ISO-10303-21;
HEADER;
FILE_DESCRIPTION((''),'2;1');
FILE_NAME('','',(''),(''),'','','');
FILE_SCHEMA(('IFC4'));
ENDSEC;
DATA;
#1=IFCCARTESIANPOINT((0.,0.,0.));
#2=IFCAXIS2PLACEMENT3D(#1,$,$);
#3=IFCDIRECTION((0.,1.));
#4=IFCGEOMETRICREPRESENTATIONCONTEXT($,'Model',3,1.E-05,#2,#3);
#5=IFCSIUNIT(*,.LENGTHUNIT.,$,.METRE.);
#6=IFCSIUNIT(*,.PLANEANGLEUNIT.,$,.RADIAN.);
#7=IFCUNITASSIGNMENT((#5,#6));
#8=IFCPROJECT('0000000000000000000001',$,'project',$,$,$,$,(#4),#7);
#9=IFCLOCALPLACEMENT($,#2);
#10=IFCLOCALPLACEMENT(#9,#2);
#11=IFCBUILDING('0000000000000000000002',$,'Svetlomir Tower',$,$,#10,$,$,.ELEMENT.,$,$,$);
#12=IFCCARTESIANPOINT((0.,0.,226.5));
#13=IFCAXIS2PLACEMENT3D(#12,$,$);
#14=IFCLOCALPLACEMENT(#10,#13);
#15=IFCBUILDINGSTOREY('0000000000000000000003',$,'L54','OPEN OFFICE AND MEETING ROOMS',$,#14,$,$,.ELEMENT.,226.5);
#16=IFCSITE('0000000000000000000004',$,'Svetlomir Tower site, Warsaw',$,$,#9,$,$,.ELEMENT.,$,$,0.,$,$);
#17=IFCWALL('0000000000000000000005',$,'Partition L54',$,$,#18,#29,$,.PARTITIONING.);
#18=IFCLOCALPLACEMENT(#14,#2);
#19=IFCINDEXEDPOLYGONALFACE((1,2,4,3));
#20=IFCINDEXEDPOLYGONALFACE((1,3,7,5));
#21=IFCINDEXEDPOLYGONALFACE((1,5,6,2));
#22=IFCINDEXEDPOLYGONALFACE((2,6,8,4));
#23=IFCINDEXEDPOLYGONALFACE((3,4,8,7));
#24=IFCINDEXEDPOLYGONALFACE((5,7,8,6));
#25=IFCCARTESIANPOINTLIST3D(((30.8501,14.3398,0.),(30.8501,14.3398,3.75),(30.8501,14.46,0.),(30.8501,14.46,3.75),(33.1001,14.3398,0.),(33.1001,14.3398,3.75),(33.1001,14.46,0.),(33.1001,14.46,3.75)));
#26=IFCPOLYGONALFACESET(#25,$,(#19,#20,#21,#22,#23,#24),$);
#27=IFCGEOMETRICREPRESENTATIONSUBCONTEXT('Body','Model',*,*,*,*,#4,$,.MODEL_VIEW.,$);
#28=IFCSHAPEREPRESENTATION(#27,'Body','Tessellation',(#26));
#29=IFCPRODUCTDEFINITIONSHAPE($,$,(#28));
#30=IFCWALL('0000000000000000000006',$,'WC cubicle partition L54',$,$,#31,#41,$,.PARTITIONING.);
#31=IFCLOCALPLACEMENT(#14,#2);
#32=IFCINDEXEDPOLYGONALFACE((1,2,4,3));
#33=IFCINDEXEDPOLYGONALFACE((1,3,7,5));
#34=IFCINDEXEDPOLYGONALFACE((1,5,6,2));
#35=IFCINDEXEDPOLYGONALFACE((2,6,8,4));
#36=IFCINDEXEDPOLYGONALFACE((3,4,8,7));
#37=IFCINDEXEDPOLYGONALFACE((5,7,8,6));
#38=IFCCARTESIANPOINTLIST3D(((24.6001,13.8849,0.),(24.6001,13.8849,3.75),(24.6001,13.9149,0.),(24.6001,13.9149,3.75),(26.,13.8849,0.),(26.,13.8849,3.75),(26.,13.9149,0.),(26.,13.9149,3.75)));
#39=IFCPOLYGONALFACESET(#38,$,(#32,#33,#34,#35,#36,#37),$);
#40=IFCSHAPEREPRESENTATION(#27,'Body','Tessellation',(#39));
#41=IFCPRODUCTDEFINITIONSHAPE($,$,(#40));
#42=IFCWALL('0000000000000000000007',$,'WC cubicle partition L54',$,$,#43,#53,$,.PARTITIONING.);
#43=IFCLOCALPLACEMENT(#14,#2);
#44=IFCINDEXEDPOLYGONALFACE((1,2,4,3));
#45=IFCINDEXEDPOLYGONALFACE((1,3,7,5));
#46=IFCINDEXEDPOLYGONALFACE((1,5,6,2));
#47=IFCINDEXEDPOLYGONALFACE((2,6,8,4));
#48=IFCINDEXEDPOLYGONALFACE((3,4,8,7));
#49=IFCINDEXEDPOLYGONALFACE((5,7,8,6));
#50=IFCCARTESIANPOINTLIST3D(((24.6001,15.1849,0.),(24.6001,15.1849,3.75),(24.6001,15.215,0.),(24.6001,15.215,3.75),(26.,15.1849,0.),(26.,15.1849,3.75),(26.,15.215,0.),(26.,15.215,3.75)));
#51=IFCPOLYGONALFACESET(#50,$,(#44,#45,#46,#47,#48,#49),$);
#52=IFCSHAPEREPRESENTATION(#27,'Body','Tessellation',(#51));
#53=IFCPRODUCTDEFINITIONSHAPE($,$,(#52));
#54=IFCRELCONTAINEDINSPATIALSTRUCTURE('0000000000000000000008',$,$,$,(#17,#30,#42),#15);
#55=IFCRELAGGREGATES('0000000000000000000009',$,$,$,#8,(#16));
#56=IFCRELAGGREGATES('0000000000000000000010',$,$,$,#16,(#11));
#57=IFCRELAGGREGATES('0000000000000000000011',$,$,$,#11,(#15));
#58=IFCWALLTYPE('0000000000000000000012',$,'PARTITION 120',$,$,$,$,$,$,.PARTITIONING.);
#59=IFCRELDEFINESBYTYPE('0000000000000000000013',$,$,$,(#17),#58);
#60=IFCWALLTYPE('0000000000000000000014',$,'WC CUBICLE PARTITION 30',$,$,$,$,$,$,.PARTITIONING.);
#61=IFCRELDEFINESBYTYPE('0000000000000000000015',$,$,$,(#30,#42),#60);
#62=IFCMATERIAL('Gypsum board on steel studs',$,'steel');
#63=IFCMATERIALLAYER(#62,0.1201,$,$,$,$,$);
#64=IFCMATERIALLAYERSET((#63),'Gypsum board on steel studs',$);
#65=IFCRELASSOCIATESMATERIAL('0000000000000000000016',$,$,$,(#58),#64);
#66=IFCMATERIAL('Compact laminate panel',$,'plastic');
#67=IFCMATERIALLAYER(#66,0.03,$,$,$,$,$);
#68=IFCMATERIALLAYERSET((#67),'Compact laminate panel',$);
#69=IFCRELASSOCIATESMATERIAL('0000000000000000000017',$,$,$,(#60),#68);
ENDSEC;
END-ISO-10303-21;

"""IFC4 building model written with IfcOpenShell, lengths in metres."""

from ifc_helpers import new_model, si_unit, direction, frame, frame_2d, origin, place, context, subcontext, project, spatial, rectangle, extrude, material, layer, layer_set, type_object, element, save


model = new_model("IFC4")

# Units and contexts
model_context = context("Model", 3, precision=1e-05, world=origin(), true_north=direction((0.0, 1.0)))
body_context = subcontext(model_context, "Body", "Model", "MODEL_VIEW")
ifc_project = project(units=[si_unit("LENGTHUNIT", "METRE"), si_unit("PLANEANGLEUNIT", "RADIAN")], contexts=[model_context])

# Site, building, storey
site_placement = place(None, origin())
site = spatial("IfcSite", under=ifc_project, at=site_placement, Name="Svetlomir Tower site, Warsaw", CompositionType="ELEMENT", RefElevation=0.0)
building_placement = place(site_placement, origin())
building = spatial("IfcBuilding", under=site, at=building_placement, Name="Svetlomir Tower", CompositionType="ELEMENT")
storey_placement = place(building_placement, frame((0.0, 0.0, 226.5)))
storey = spatial("IfcBuildingStorey", under=building, at=storey_placement, Name="L54", Description="OPEN OFFICE AND MEETING ROOMS", CompositionType="ELEMENT", Elevation=226.5)

# Walls
ifc_material_1 = material(Name="Gypsum board on steel studs", Category="steel")
ifc_layer_1 = layer(ifc_material_1, 0.1201)
ifc_layer_set_1 = layer_set([ifc_layer_1], Name="Gypsum board on steel studs")
wall_type_1 = type_object("IfcWallType", Name="PARTITION 120", PredefinedType="PARTITIONING", material=ifc_layer_set_1)
wall_1_placement = place(storey_placement, frame((30.8501, 14.3999, 0.0), z_axis=(0.0, 0.0, 1.0), x_axis=(1.0, 0.0, 0.0)))
element("IfcWall", 1, at=wall_1_placement, inside=storey, type_object=wall_type_1, Name="Partition L54", PredefinedType="PARTITIONING", context=body_context, shape_type="SweptSolid", body=[
    extrude(rectangle(XDim=2.25, YDim=0.1201, at=frame_2d((1.125, 0.0))), origin(), (0.0, 0.0, 1.0), 3.75),
])
ifc_material_2 = material(Name="Compact laminate panel", Category="plastic")
ifc_layer_2 = layer(ifc_material_2, 0.03)
ifc_layer_set_2 = layer_set([ifc_layer_2], Name="Compact laminate panel")
wall_type_2 = type_object("IfcWallType", Name="WC CUBICLE PARTITION 30", PredefinedType="PARTITIONING", material=ifc_layer_set_2)
for number, where, z_axis, x_axis, name in (
    (2, (24.6001, 13.8999, 0.0), (0.0, 0.0, 1.0), (1.0, 0.0, 0.0), "WC cubicle partition L54"),
    (3, (24.6001, 15.2, 0.0), (0.0, 0.0, 1.0), (1.0, 0.0, 0.0), "WC cubicle partition L54"),
):
    element("IfcWall", number, at=place(storey_placement, frame(where, z_axis=z_axis, x_axis=x_axis)), inside=storey, type_object=wall_type_2, Name=name, PredefinedType="PARTITIONING", context=body_context, shape_type="SweptSolid", body=[
        extrude(rectangle(XDim=1.3999, YDim=0.03, at=frame_2d((0.7, 0.0))), origin(), (0.0, 0.0, 1.0), 3.75),
    ])

save(model, "model.ifc")
